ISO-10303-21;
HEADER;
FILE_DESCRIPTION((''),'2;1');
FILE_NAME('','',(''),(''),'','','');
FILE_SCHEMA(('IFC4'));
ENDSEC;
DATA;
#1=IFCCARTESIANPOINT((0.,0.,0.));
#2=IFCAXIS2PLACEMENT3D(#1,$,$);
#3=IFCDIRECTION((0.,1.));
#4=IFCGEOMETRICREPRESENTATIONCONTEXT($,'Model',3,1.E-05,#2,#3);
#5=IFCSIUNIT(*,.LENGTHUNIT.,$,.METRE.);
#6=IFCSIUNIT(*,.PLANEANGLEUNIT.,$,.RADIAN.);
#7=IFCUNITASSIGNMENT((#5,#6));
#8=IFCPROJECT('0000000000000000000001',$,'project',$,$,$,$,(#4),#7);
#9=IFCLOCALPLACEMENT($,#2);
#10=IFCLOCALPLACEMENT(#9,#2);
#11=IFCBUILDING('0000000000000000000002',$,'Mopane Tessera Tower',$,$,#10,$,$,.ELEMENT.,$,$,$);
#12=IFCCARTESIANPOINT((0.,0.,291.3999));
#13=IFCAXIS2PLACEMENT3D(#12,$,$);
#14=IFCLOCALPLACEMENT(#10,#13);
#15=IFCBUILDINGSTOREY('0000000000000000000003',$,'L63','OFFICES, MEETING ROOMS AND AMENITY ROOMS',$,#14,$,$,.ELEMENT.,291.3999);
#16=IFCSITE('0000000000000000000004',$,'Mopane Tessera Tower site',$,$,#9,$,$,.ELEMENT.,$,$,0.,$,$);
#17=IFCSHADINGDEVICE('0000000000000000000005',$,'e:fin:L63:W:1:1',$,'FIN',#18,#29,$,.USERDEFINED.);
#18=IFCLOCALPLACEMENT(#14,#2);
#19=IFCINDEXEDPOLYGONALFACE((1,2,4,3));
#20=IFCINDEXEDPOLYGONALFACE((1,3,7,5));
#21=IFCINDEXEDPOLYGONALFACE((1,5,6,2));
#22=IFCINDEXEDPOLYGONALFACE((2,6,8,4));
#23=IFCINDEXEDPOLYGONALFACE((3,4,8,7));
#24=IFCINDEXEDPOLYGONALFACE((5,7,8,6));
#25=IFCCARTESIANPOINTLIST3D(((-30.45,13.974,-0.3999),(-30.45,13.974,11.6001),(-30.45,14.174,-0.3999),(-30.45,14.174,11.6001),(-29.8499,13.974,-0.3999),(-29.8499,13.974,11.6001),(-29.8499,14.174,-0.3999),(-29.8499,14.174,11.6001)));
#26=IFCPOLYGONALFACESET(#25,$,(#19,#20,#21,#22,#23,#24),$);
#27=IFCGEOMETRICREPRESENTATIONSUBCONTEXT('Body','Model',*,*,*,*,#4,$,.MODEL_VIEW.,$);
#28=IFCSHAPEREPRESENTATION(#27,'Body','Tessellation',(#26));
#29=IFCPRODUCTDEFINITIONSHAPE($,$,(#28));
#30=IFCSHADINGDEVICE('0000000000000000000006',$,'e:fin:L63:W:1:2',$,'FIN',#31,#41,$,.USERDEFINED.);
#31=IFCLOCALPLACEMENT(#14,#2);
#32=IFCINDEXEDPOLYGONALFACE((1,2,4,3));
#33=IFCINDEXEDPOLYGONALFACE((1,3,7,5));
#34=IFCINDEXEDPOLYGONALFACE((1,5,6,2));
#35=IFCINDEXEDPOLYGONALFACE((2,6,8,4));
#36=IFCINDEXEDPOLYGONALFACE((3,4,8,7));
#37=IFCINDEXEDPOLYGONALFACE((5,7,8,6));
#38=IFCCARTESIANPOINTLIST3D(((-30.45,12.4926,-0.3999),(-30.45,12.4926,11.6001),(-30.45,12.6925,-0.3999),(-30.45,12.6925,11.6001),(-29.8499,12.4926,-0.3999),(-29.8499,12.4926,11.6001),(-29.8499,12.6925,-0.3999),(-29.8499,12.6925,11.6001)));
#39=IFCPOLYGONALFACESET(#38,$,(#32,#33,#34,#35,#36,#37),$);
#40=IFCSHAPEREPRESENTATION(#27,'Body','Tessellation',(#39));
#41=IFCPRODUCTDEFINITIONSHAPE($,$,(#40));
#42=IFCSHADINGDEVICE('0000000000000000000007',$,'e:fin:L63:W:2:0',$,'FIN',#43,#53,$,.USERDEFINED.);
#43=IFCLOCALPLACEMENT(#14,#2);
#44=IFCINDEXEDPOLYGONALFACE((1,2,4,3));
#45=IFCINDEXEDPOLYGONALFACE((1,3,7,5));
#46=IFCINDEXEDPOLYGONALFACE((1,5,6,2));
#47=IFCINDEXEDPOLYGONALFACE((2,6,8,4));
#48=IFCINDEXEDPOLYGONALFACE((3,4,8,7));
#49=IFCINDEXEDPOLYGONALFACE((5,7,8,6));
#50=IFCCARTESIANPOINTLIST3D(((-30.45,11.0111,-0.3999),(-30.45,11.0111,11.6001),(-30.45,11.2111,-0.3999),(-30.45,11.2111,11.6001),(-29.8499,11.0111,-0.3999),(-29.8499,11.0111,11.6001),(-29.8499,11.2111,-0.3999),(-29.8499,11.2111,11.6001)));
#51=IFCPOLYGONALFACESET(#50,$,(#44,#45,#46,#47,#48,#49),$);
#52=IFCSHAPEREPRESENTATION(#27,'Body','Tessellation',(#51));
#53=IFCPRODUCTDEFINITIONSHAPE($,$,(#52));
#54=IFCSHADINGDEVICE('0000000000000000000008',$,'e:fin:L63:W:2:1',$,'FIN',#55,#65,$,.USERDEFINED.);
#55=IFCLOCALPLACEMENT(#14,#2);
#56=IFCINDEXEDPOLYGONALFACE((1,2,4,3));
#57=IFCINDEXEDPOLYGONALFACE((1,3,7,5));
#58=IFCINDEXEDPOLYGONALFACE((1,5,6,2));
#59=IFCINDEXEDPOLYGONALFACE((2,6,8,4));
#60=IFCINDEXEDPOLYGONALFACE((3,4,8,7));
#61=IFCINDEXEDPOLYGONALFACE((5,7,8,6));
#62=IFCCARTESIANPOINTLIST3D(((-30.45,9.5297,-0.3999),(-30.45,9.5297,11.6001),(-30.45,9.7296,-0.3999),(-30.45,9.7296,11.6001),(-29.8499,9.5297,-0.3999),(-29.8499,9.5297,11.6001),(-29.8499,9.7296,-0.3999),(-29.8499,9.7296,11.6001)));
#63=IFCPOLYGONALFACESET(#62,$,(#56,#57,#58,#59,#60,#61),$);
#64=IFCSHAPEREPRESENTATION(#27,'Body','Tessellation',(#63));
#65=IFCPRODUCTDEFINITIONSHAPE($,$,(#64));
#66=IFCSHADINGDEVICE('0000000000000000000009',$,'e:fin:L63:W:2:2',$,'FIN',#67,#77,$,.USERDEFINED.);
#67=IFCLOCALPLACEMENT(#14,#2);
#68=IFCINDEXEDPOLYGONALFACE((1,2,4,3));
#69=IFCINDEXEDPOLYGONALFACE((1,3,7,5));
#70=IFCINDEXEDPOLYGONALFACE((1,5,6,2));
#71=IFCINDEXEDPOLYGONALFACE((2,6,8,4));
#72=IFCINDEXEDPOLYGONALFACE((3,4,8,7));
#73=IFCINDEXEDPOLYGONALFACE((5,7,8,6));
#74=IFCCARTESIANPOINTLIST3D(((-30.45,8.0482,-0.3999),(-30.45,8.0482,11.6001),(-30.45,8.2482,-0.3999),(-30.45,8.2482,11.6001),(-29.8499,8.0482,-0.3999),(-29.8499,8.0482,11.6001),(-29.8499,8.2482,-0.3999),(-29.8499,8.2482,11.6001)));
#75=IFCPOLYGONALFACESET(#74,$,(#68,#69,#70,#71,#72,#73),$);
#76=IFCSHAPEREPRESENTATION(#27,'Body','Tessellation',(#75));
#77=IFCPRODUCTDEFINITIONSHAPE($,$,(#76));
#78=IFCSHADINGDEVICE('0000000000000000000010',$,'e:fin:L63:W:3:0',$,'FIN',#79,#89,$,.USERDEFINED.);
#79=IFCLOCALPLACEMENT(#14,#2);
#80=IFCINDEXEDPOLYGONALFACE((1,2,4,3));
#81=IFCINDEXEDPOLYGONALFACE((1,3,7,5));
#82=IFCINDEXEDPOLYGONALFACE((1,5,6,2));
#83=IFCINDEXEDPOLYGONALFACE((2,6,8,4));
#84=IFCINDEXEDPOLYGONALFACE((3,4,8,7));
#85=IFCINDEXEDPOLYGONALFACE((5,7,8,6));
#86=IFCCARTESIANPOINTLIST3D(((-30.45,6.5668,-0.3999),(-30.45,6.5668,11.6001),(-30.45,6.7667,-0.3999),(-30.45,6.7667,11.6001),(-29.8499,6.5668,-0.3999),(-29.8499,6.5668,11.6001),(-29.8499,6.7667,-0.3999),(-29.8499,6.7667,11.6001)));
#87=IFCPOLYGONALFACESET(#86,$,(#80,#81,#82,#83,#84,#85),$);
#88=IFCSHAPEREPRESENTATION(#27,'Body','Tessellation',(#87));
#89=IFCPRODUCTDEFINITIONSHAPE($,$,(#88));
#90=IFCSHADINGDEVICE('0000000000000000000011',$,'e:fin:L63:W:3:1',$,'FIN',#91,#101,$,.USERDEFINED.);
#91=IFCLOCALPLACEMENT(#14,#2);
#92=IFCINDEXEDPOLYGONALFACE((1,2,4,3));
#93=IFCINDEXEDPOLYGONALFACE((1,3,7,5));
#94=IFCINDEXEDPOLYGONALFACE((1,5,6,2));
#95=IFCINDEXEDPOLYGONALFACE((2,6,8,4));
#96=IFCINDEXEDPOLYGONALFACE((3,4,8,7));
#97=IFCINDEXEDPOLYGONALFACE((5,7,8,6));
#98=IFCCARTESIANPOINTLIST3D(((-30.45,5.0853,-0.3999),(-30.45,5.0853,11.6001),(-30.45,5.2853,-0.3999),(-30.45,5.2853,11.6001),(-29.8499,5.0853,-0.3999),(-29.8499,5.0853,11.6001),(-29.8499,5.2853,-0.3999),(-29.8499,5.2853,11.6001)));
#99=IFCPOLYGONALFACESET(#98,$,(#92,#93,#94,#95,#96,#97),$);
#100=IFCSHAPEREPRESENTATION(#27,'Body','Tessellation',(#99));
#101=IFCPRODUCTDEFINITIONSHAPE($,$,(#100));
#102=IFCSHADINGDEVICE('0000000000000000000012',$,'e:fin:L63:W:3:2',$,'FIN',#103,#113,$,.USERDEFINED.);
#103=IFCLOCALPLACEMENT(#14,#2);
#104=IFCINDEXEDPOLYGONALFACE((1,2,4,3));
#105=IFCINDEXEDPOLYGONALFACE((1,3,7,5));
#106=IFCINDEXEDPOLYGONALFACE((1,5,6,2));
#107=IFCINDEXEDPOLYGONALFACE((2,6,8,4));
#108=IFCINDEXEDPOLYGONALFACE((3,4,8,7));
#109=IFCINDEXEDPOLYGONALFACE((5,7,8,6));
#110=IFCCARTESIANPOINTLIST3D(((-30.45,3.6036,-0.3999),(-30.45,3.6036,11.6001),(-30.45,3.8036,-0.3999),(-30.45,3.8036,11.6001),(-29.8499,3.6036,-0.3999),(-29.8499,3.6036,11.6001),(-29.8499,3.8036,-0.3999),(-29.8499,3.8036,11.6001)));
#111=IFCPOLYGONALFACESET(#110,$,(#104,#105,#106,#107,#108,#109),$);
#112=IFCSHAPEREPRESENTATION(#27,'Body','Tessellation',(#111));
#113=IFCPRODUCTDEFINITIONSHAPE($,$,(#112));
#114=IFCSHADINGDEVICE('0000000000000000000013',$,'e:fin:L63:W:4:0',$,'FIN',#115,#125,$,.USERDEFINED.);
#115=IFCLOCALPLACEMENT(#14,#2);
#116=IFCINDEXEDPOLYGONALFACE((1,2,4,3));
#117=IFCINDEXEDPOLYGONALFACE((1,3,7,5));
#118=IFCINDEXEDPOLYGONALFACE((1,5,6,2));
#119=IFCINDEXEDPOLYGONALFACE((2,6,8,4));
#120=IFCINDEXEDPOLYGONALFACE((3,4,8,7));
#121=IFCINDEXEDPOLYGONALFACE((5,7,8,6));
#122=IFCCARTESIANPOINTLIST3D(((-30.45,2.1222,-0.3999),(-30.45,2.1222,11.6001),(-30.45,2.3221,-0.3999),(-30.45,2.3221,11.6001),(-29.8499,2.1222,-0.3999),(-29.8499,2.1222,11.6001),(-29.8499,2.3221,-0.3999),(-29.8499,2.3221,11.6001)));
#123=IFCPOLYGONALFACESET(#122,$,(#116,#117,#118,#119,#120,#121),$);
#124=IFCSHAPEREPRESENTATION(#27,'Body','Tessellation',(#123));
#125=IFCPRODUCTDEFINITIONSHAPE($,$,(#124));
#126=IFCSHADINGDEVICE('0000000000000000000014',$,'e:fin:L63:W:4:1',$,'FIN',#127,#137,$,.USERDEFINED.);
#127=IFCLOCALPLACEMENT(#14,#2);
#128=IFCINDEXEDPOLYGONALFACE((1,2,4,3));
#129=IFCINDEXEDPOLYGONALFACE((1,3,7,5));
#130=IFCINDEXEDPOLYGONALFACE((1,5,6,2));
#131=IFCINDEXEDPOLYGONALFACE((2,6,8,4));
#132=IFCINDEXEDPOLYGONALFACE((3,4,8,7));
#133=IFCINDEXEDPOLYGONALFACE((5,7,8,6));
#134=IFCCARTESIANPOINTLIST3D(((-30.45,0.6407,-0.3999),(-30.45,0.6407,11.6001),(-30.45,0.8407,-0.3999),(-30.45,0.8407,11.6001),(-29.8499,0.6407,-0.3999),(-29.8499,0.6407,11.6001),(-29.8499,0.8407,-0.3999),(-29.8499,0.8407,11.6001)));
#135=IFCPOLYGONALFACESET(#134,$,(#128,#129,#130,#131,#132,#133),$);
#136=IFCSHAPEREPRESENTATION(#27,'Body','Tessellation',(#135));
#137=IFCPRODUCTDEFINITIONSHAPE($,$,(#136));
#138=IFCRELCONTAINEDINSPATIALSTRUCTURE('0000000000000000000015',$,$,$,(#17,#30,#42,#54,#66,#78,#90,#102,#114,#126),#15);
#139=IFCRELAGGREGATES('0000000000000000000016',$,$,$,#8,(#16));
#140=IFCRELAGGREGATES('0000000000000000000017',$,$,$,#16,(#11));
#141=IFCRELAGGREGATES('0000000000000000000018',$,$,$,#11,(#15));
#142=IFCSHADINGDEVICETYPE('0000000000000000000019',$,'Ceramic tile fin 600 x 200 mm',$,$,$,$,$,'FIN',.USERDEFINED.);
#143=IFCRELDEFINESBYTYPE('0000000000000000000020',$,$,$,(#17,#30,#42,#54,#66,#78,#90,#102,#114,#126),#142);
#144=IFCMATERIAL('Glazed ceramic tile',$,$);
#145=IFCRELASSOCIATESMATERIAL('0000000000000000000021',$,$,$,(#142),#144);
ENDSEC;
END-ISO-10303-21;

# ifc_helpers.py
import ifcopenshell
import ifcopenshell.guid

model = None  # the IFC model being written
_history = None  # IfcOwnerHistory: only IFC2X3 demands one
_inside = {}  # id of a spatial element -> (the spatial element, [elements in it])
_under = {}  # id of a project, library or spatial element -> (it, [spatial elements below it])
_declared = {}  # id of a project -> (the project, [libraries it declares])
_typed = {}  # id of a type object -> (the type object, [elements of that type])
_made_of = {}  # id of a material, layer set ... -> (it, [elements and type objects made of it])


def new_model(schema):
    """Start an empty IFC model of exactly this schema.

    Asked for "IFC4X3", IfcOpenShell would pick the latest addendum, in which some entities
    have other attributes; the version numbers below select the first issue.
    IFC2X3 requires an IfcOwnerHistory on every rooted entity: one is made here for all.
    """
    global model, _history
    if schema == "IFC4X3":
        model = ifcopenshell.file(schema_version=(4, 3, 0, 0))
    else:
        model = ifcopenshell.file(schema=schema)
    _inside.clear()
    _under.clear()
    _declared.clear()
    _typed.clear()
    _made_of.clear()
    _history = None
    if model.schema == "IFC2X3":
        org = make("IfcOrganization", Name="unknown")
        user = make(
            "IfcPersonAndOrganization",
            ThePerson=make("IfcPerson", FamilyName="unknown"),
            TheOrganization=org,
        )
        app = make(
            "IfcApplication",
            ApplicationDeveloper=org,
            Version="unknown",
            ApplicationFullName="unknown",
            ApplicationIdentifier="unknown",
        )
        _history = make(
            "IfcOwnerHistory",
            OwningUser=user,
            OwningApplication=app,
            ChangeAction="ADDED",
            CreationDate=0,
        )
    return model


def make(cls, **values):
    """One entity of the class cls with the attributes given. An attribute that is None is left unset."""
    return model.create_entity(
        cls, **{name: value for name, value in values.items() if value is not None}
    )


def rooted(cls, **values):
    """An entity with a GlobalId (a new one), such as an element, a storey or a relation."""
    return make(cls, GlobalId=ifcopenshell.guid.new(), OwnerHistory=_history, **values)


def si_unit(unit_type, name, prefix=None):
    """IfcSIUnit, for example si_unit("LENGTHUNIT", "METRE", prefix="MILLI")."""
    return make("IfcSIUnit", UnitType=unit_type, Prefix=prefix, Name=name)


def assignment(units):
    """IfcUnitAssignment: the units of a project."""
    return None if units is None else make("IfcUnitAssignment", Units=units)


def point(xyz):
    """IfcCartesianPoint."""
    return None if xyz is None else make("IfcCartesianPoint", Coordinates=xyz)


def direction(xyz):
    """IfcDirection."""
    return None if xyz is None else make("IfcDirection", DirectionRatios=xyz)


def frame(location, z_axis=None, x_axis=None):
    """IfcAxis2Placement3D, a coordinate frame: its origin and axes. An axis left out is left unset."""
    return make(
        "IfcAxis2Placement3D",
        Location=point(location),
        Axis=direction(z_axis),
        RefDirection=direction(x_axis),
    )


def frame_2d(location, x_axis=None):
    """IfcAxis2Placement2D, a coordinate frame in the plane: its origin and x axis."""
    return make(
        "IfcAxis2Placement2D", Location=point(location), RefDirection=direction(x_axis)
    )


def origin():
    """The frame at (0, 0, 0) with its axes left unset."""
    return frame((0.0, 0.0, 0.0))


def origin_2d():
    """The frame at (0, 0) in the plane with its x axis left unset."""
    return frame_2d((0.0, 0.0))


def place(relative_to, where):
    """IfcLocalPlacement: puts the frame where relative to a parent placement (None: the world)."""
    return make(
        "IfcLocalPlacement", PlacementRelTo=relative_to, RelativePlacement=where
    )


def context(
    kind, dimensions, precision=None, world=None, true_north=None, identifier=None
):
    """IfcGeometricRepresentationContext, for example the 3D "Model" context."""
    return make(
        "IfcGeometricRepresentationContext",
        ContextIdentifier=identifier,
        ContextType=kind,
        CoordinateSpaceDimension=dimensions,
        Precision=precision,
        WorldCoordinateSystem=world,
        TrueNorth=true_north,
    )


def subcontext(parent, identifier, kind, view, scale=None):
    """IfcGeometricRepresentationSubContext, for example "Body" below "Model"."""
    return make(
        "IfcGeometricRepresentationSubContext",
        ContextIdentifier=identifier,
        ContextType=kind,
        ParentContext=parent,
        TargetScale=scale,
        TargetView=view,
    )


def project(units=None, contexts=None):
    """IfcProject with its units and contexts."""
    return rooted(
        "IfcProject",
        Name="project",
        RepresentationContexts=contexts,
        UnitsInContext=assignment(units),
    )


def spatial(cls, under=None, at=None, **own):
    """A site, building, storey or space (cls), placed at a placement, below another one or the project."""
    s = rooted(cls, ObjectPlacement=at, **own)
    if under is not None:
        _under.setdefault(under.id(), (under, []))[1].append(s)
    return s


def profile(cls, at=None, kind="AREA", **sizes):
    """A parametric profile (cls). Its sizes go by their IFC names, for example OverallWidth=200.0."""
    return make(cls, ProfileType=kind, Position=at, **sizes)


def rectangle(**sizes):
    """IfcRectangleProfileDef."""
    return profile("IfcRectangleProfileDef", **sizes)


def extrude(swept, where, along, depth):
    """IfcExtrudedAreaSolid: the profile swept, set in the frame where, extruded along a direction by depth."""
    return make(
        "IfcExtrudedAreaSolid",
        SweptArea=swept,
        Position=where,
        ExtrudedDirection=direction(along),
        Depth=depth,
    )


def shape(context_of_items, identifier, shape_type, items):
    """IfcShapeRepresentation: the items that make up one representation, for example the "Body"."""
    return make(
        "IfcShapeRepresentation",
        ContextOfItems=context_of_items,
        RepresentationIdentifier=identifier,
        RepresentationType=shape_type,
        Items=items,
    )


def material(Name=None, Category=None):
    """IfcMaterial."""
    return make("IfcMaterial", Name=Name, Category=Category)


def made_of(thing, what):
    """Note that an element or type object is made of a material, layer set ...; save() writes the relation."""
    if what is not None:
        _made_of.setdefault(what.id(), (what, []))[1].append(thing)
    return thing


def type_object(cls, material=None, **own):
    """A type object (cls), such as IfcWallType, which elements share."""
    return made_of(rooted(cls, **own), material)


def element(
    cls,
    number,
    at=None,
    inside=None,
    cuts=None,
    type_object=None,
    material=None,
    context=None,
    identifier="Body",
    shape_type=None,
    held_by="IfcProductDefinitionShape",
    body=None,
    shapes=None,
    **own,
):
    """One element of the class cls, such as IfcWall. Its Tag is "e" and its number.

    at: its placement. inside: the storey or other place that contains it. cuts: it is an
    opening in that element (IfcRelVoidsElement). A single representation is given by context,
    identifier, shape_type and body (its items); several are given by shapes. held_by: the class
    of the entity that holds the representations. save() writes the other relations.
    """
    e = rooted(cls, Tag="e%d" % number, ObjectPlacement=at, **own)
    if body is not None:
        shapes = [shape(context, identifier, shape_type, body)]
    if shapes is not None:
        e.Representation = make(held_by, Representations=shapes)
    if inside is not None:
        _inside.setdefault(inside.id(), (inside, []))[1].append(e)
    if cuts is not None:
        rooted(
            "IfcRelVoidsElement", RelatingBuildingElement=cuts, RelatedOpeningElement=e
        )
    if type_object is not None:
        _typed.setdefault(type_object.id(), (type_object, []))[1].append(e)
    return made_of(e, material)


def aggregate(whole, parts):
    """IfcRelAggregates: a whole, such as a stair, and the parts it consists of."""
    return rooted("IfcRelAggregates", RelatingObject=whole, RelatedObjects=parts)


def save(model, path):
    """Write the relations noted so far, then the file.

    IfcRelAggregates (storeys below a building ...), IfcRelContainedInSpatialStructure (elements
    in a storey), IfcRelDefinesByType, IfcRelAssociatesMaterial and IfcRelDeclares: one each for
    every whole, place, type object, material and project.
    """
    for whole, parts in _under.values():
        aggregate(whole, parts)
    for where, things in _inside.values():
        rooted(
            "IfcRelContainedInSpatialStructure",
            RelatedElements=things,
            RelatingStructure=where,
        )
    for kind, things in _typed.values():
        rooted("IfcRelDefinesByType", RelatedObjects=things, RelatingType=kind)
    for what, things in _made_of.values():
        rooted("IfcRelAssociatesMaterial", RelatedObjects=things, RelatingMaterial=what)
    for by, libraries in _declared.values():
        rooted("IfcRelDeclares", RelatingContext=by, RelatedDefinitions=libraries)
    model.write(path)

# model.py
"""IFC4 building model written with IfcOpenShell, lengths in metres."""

from ifc_helpers import new_model, si_unit, direction, frame, origin, origin_2d, place, context, subcontext, project, spatial, rectangle, extrude, material, type_object, element, save


model = new_model("IFC4")

# Units and contexts
model_context = context("Model", 3, precision=1e-05, world=origin(), true_north=direction((0.0, 1.0)))
body_context = subcontext(model_context, "Body", "Model", "MODEL_VIEW")
ifc_project = project(units=[si_unit("LENGTHUNIT", "METRE"), si_unit("PLANEANGLEUNIT", "RADIAN")], contexts=[model_context])

# Site, building, storey
site_placement = place(None, origin())
site = spatial("IfcSite", under=ifc_project, at=site_placement, Name="Mopane Tessera Tower site", CompositionType="ELEMENT", RefElevation=0.0)
building_placement = place(site_placement, origin())
building = spatial("IfcBuilding", under=site, at=building_placement, Name="Mopane Tessera Tower", CompositionType="ELEMENT")
storey_placement = place(building_placement, frame((0.0, 0.0, 291.3999)))
storey = spatial("IfcBuildingStorey", under=building, at=storey_placement, Name="L63", Description="OFFICES, MEETING ROOMS AND AMENITY ROOMS", CompositionType="ELEMENT", Elevation=291.3999)

# Shading devices
ifc_material_1 = material(Name="Glazed ceramic tile")
shading_device_type = type_object("IfcShadingDeviceType", Name="Ceramic tile fin 600 x 200 mm", ElementType="FIN", PredefinedType="USERDEFINED", material=ifc_material_1)
for number, where, z_axis, x_axis, name in (
    (1, (-30.1499, 14.074, -0.3999), (0.0, 0.0, 1.0), (0.0, -1.0, 0.0), "e:fin:L63:W:1:1"),
    (2, (-30.1499, 12.5925, -0.3999), (0.0, 0.0, 1.0), (0.0, -1.0, 0.0), "e:fin:L63:W:1:2"),
    (3, (-30.1499, 11.1111, -0.3999), (0.0, 0.0, 1.0), (0.0, -1.0, 0.0), "e:fin:L63:W:2:0"),
    (4, (-30.1499, 9.6296, -0.3999), (0.0, 0.0, 1.0), (0.0, -1.0, 0.0), "e:fin:L63:W:2:1"),
    (5, (-30.1499, 8.1482, -0.3999), (0.0, 0.0, 1.0), (0.0, -1.0, 0.0), "e:fin:L63:W:2:2"),
    (6, (-30.1499, 6.6667, -0.3999), (0.0, 0.0, 1.0), (0.0, -1.0, 0.0), "e:fin:L63:W:3:0"),
    (7, (-30.1499, 5.1853, -0.3999), (0.0, 0.0, 1.0), (0.0, -1.0, 0.0), "e:fin:L63:W:3:1"),
    (8, (-30.1499, 3.7036, -0.3999), (0.0, 0.0, 1.0), (0.0, -1.0, 0.0), "e:fin:L63:W:3:2"),
    (9, (-30.1499, 2.2222, -0.3999), (0.0, 0.0, 1.0), (0.0, -1.0, 0.0), "e:fin:L63:W:4:0"),
    (10, (-30.1499, 0.7407, -0.3999), (0.0, 0.0, 1.0), (0.0, -1.0, 0.0), "e:fin:L63:W:4:1"),
):
    element("IfcShadingDevice", number, at=place(storey_placement, frame(where, z_axis=z_axis, x_axis=x_axis)), inside=storey, type_object=shading_device_type, Name=name, ObjectType="FIN", PredefinedType="USERDEFINED", context=body_context, shape_type="SweptSolid", body=[
        extrude(rectangle(XDim=0.2, YDim=0.6001, at=origin_2d()), origin(), (0.0, 0.0, 1.0), 12.0),
    ])

save(model, "model.ifc")
